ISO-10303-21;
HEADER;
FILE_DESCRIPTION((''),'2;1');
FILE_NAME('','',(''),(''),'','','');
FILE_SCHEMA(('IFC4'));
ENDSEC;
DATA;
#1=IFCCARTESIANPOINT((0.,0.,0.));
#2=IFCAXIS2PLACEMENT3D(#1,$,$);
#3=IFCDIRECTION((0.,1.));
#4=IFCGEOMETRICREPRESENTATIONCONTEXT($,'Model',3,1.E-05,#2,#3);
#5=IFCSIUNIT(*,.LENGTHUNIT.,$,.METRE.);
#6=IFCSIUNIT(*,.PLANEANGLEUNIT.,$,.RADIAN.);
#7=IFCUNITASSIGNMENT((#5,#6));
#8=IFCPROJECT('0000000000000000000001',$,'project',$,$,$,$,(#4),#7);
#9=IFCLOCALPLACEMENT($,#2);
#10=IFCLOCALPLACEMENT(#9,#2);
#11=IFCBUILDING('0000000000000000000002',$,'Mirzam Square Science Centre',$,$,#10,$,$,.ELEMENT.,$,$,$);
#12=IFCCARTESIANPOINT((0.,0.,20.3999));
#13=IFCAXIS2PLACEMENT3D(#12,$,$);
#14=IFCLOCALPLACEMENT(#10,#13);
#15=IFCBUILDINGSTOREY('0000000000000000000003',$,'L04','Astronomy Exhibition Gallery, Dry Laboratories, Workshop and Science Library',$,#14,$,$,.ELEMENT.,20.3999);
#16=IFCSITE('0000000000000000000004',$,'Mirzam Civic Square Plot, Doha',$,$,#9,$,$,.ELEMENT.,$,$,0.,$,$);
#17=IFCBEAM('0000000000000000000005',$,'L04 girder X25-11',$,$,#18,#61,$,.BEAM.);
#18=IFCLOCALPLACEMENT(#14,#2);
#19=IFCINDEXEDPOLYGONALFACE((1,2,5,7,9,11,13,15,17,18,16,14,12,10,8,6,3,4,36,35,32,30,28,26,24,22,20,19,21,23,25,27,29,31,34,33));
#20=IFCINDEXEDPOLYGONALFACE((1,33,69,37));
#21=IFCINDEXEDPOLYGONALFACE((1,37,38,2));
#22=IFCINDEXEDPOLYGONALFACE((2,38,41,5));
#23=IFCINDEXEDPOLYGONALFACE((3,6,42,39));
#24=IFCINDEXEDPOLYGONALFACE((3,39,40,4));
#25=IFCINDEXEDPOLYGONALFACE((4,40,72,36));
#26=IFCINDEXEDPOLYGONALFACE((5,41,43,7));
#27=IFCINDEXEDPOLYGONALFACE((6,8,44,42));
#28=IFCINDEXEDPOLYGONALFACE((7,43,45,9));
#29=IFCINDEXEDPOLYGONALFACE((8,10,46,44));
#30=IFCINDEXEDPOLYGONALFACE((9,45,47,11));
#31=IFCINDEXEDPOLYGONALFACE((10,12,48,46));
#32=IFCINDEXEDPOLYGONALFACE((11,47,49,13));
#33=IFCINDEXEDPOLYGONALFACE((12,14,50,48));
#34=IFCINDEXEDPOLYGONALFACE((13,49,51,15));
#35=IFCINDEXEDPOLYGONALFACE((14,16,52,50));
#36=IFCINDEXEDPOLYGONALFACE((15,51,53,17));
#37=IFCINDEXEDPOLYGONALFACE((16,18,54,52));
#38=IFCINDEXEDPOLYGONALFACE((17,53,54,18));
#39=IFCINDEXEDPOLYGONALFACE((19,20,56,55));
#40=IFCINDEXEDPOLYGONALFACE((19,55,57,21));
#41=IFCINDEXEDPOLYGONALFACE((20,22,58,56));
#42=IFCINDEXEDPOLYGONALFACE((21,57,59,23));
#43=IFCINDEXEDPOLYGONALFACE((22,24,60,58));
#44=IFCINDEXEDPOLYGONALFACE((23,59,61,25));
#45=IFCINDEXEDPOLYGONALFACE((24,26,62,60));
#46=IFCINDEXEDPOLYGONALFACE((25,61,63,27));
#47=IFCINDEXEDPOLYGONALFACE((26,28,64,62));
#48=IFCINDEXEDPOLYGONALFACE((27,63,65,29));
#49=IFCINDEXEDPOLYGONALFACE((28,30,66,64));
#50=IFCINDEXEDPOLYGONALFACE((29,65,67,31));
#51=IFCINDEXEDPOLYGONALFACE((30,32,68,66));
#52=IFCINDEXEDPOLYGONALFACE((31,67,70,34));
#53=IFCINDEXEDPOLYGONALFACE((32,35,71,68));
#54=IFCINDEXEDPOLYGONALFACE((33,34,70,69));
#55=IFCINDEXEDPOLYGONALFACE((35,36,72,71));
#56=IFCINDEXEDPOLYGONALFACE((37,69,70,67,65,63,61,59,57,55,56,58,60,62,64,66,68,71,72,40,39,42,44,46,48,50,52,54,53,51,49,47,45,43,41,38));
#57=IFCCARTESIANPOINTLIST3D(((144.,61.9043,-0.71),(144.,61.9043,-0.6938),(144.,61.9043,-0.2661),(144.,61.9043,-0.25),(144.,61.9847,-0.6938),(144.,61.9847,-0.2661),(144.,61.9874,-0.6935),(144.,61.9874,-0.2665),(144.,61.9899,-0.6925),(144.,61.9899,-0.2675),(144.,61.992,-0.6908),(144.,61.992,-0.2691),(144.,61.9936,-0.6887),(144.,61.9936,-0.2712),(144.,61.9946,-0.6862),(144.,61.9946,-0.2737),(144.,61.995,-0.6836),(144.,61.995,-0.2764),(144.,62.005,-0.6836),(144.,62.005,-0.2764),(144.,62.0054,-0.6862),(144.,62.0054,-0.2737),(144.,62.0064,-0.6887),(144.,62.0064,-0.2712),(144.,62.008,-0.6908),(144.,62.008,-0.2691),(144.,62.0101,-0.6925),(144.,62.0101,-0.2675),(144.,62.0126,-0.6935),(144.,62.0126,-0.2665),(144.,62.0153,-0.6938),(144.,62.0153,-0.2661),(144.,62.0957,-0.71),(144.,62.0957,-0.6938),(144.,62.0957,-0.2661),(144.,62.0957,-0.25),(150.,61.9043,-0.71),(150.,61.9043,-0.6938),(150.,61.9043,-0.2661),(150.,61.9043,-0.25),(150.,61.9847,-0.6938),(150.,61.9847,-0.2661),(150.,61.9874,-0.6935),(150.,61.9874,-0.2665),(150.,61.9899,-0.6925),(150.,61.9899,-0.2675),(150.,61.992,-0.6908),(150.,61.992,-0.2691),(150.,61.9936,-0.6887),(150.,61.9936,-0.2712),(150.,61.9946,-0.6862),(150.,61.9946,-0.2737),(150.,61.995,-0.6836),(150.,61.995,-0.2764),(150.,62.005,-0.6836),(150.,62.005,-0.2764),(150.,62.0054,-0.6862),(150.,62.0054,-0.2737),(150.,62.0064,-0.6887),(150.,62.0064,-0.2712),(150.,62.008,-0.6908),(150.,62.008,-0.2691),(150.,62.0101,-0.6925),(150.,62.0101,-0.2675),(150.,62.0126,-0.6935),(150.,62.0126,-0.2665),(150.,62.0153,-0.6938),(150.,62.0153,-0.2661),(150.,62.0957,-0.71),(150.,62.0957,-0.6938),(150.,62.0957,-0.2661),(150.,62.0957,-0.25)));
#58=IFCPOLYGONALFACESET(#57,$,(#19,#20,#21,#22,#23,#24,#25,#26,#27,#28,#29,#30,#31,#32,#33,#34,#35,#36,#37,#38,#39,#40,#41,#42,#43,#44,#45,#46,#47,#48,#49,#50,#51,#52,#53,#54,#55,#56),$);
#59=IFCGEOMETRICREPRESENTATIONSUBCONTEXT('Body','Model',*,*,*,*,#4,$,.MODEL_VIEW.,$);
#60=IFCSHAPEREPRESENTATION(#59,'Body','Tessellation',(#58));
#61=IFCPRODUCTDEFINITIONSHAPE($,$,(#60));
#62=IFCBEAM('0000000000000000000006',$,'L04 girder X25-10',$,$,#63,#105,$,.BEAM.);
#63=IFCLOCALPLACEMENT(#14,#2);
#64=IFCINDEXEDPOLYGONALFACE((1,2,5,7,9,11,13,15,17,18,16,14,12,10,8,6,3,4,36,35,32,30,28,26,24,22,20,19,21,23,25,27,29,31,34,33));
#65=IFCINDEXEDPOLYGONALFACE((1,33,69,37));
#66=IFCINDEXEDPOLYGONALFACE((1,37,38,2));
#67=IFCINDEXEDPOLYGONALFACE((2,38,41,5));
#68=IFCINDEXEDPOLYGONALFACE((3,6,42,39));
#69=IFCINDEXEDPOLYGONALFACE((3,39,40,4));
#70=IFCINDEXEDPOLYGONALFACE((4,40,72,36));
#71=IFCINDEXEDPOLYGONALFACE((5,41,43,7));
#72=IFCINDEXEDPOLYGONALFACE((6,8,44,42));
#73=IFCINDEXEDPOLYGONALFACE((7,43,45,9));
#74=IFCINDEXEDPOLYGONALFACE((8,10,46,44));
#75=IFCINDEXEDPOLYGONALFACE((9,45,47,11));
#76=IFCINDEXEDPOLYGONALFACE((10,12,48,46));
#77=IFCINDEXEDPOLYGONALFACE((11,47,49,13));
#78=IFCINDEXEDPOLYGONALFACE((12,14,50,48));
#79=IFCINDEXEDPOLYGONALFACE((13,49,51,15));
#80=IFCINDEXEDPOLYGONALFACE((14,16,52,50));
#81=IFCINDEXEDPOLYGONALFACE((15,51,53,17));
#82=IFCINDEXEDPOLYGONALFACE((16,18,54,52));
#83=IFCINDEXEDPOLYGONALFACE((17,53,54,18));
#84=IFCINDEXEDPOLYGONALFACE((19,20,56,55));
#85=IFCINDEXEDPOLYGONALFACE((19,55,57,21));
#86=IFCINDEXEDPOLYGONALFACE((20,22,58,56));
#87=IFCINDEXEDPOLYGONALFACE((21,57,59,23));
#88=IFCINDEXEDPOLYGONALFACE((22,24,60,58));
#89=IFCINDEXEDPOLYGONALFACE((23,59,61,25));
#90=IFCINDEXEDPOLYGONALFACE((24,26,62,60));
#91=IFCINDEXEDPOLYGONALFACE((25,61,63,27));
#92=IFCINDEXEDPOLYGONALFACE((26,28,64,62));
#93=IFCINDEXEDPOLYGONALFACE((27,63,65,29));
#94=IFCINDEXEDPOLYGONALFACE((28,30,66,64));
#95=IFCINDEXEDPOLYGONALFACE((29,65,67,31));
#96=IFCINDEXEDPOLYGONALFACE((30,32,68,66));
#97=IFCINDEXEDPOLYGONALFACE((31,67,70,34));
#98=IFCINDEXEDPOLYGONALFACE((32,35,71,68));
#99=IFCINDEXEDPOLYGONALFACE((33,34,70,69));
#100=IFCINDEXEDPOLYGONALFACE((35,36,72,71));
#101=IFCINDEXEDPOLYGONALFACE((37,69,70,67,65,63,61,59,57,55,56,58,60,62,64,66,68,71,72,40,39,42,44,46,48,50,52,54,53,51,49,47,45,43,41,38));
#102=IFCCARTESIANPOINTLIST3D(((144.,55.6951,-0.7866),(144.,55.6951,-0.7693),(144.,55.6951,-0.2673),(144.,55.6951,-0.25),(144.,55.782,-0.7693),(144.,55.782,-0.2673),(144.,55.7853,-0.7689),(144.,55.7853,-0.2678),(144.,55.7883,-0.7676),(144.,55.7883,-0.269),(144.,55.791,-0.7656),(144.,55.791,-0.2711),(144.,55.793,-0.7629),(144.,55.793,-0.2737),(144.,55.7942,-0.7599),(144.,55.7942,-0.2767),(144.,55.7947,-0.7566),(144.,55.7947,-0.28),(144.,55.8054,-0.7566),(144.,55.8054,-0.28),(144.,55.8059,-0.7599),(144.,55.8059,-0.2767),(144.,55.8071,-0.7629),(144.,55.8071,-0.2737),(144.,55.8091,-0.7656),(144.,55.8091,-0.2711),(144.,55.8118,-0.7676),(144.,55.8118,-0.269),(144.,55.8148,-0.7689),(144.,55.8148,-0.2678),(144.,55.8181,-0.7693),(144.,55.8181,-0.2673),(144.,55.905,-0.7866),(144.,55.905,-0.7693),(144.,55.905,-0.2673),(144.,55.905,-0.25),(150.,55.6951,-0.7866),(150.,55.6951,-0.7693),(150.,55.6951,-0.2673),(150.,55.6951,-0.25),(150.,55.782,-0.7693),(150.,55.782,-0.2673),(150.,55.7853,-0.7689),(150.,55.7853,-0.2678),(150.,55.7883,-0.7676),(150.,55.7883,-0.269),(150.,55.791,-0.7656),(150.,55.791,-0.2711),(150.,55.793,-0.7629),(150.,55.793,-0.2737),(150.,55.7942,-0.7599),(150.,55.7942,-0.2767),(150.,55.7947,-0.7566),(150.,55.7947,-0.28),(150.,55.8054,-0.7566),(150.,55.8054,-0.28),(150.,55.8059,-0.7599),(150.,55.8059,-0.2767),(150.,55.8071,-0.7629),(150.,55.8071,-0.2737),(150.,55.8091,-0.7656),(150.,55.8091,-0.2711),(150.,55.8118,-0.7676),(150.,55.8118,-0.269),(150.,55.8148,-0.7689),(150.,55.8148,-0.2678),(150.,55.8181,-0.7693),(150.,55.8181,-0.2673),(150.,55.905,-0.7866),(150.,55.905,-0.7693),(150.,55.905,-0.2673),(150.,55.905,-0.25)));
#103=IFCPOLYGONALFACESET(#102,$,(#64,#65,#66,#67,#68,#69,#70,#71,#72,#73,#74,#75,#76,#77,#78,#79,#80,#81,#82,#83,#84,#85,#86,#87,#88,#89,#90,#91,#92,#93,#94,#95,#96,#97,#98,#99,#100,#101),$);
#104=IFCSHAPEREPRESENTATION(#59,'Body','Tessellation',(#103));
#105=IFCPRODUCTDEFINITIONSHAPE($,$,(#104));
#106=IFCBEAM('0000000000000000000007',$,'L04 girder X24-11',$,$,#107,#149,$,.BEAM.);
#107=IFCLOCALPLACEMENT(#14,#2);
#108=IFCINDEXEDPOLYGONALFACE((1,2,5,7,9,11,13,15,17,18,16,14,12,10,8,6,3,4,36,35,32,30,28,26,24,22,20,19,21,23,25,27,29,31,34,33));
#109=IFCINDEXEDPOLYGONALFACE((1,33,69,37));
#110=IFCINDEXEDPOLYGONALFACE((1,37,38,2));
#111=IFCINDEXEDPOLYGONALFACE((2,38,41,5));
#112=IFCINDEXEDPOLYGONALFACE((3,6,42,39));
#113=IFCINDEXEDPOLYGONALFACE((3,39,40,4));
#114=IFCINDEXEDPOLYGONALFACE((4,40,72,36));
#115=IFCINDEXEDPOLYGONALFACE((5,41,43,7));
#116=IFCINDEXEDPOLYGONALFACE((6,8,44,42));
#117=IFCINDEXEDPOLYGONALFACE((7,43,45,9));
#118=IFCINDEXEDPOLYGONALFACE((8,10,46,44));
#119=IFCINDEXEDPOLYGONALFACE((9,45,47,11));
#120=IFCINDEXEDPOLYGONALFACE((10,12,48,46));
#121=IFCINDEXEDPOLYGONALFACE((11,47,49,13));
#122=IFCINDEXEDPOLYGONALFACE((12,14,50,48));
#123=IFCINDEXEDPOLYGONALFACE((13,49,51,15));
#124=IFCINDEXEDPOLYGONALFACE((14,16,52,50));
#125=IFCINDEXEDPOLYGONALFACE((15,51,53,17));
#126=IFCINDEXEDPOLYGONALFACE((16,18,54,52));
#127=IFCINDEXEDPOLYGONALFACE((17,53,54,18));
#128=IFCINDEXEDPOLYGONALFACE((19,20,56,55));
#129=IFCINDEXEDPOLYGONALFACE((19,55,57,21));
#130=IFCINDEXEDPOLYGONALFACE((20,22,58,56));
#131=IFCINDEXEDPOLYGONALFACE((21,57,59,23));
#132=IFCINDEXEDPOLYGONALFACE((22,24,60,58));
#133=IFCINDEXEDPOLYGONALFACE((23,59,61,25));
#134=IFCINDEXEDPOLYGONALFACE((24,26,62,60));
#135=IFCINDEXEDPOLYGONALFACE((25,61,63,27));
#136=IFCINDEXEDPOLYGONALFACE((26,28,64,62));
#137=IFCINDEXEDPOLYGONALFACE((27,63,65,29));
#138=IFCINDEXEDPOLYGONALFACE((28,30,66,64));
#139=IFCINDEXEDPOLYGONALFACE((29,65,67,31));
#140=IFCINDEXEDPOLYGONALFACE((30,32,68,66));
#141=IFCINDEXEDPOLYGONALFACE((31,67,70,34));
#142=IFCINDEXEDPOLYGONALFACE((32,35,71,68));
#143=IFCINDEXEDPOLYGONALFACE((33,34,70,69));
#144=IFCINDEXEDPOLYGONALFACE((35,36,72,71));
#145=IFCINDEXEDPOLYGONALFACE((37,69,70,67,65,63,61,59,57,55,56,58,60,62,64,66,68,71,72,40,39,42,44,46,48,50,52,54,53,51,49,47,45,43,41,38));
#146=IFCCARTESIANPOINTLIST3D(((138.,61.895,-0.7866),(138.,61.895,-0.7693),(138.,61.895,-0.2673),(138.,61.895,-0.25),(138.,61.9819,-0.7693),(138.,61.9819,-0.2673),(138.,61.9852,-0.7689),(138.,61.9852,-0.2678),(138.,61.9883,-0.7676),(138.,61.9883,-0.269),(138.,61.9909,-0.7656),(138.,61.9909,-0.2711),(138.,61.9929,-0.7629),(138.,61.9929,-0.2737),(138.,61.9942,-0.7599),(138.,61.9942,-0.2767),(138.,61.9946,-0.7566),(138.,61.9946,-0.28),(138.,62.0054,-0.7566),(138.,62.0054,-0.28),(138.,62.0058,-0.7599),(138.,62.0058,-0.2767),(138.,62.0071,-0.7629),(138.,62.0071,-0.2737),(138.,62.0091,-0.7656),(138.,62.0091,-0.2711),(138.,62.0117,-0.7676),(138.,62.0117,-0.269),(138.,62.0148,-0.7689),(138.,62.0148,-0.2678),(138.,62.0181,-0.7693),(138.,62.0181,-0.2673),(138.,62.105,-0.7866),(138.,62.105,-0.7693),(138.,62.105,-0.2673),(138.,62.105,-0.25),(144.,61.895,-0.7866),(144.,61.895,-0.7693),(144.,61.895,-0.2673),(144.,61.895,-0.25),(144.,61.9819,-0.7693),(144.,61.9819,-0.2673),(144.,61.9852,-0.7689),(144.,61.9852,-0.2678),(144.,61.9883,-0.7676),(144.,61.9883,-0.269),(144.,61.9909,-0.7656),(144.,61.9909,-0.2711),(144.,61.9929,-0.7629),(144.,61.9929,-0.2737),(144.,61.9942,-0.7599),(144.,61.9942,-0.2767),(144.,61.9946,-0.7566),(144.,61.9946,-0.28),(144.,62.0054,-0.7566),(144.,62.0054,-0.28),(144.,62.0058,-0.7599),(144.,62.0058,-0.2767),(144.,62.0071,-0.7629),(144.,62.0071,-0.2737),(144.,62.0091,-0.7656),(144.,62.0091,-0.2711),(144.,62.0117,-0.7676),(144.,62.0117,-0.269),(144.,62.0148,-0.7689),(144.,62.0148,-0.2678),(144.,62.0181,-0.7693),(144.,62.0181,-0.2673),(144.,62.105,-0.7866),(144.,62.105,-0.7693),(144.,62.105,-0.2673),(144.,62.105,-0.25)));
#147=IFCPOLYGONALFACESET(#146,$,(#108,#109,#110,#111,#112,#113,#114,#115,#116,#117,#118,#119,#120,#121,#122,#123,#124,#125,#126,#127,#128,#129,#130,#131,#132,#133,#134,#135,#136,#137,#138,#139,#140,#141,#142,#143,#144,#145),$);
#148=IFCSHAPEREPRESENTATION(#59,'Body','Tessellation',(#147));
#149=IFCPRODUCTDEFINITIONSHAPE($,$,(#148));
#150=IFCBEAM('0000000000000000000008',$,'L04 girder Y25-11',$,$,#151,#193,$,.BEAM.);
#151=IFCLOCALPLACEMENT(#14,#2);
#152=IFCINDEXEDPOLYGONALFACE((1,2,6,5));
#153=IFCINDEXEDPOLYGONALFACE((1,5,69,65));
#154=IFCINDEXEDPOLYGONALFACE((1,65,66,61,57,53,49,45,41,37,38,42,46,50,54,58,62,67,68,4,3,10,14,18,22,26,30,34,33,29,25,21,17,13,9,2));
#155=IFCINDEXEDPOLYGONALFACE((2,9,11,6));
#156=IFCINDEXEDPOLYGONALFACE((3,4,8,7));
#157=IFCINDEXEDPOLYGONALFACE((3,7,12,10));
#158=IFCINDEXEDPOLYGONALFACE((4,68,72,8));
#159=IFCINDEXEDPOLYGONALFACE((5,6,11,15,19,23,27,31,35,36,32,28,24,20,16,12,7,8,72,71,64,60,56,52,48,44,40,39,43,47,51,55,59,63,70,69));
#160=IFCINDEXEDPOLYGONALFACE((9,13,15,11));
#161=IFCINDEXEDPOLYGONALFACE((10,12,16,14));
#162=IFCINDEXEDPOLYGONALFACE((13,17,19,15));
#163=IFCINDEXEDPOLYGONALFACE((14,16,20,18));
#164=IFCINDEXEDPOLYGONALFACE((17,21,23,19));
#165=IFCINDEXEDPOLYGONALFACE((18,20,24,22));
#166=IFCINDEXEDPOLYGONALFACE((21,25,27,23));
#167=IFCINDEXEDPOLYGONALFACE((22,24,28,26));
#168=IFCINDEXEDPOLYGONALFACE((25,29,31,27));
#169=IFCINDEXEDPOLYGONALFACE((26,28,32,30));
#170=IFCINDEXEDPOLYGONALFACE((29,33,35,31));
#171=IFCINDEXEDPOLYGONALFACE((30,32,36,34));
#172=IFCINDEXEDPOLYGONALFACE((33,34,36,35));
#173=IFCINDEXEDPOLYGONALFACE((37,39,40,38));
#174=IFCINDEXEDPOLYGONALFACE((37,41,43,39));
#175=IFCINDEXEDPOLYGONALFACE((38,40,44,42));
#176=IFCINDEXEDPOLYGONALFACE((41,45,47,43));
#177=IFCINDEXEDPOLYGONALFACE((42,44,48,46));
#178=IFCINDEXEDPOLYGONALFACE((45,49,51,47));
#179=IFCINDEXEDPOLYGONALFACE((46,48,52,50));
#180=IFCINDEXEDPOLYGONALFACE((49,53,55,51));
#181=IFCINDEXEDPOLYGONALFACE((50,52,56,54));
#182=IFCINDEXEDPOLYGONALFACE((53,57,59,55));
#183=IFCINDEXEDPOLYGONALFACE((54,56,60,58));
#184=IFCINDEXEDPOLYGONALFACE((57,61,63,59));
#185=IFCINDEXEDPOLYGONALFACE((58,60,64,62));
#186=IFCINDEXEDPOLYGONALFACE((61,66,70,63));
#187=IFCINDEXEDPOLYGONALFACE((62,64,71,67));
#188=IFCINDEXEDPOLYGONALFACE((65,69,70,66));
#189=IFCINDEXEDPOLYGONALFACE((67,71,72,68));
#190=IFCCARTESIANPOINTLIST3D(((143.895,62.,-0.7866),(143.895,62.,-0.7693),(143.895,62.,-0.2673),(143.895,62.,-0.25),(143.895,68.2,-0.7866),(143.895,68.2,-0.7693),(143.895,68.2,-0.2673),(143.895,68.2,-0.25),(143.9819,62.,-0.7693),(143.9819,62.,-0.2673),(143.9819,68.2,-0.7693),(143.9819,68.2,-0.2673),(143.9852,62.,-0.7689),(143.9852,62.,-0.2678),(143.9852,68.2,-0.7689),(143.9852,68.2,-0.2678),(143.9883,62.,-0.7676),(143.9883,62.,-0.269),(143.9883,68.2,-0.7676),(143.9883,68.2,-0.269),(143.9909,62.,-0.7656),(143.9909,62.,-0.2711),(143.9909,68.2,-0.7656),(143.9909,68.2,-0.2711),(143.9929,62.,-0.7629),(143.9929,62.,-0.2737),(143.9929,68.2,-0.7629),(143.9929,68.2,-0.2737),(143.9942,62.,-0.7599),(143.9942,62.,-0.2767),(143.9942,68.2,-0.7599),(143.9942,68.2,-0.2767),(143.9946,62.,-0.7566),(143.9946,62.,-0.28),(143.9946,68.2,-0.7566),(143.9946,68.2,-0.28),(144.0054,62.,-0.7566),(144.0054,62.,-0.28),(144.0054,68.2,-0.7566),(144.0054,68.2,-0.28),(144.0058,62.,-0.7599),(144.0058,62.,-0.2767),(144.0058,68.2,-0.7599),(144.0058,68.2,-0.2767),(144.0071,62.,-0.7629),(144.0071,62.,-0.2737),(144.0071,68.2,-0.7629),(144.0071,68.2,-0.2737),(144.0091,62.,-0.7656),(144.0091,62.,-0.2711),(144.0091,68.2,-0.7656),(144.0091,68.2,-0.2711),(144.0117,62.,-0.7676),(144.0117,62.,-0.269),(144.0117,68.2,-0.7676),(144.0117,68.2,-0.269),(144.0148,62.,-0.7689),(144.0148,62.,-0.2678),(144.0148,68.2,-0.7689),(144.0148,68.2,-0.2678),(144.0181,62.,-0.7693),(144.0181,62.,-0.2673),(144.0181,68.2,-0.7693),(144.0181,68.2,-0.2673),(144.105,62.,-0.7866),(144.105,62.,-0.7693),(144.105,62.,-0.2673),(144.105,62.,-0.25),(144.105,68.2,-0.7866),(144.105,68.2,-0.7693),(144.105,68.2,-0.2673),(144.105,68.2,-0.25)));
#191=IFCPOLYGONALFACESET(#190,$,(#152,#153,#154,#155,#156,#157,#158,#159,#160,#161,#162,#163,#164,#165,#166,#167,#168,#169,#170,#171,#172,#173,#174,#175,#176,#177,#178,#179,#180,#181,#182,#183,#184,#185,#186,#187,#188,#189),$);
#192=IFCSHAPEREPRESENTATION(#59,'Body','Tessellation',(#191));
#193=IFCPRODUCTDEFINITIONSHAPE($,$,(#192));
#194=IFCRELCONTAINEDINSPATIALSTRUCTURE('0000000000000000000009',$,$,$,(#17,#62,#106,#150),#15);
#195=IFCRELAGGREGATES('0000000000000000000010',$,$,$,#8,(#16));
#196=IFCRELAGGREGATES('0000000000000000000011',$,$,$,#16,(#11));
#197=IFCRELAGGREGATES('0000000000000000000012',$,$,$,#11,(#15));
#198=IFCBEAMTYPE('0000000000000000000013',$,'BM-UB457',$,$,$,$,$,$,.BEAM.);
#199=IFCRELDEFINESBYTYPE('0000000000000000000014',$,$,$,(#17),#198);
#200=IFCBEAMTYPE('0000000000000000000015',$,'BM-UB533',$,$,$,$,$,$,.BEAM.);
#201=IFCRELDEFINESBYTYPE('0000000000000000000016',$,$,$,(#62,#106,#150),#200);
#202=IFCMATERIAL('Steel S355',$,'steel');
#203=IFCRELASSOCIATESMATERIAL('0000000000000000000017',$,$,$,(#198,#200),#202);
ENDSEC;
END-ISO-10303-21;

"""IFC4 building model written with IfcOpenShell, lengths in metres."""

from ifc_helpers import new_model, si_unit, direction, frame, origin, origin_2d, place, context, subcontext, project, spatial, i_section, extrude, material, material_profile, profile_set, type_object, element, save


model = new_model("IFC4")

# Units and contexts
model_context = context("Model", 3, precision=1e-05, world=origin(), true_north=direction((0.0, 1.0)))
body_context = subcontext(model_context, "Body", "Model", "MODEL_VIEW")
ifc_project = project(units=[si_unit("LENGTHUNIT", "METRE"), si_unit("PLANEANGLEUNIT", "RADIAN")], contexts=[model_context])

# Site, building, storey
site_placement = place(None, origin())
site = spatial("IfcSite", under=ifc_project, at=site_placement, Name="Mirzam Civic Square Plot, Doha", CompositionType="ELEMENT", RefElevation=0.0)
building_placement = place(site_placement, origin())
building = spatial("IfcBuilding", under=site, at=building_placement, Name="Mirzam Square Science Centre", CompositionType="ELEMENT")
storey_placement = place(building_placement, frame((0.0, 0.0, 20.3999)))
storey = spatial("IfcBuildingStorey", under=building, at=storey_placement, Name="L04", Description="Astronomy Exhibition Gallery, Dry Laboratories, Workshop and Science Library", CompositionType="ELEMENT", Elevation=20.3999)

# Shared definitions
ifc_material_1 = material(Name="Steel S355", Category="steel")

# Beams
ifc_material_profile_1 = material_profile(ifc_material_1, i_section(OverallWidth=0.1914, OverallDepth=0.46, WebThickness=0.01, FlangeThickness=0.0161, FilletRadius=0.0103, at=origin_2d()), Name="457x191x82UB")
ifc_profile_set_1 = profile_set([ifc_material_profile_1], Name="Steel S355")
beam_type_1 = type_object("IfcBeamType", Name="BM-UB457", PredefinedType="BEAM", material=ifc_profile_set_1)
beam_1_placement = place(storey_placement, frame((144.0, 62.0, -0.48), z_axis=(1.0, 0.0, 0.0), x_axis=(0.0, 1.0, 0.0)))
element("IfcBeam", 1, at=beam_1_placement, inside=storey, type_object=beam_type_1, Name="L04 girder X25-11", PredefinedType="BEAM", context=body_context, shape_type="SweptSolid", body=[
    extrude(i_section(OverallWidth=0.1914, OverallDepth=0.46, WebThickness=0.01, FlangeThickness=0.0161, FilletRadius=0.0103, at=origin_2d()), origin(), (0.0, 0.0, 1.0), 6.0),
])
ifc_material_profile_2 = material_profile(ifc_material_1, i_section(OverallWidth=0.21, OverallDepth=0.5366, WebThickness=0.0107, FlangeThickness=0.0173, FilletRadius=0.0127, at=origin_2d()), Name="533x210x101UB")
ifc_profile_set_2 = profile_set([ifc_material_profile_2], Name="Steel S355")
beam_type_2 = type_object("IfcBeamType", Name="BM-UB533", PredefinedType="BEAM", material=ifc_profile_set_2)
for number, where, z_axis, x_axis, name in (
    (2, (144.0, 55.8, -0.5183), (1.0, 0.0, 0.0), (0.0, 1.0, 0.0), "L04 girder X25-10"),
    (3, (138.0, 62.0, -0.5183), (1.0, 0.0, 0.0), (0.0, 1.0, 0.0), "L04 girder X24-11"),
):
    element("IfcBeam", number, at=place(storey_placement, frame(where, z_axis=z_axis, x_axis=x_axis)), inside=storey, type_object=beam_type_2, Name=name, PredefinedType="BEAM", context=body_context, shape_type="SweptSolid", body=[
        extrude(i_section(OverallWidth=0.21, OverallDepth=0.5366, WebThickness=0.0107, FlangeThickness=0.0173, FilletRadius=0.0127, at=origin_2d()), origin(), (0.0, 0.0, 1.0), 6.0),
    ])
beam_2_placement = place(storey_placement, frame((144.0, 62.0, -0.5183), z_axis=(0.0, 1.0, 0.0), x_axis=(-1.0, 0.0, 0.0)))
element("IfcBeam", 4, at=beam_2_placement, inside=storey, type_object=beam_type_2, Name="L04 girder Y25-11", PredefinedType="BEAM", context=body_context, shape_type="SweptSolid", body=[
    extrude(i_section(OverallWidth=0.21, OverallDepth=0.5366, WebThickness=0.0107, FlangeThickness=0.0173, FilletRadius=0.0127, at=origin_2d()), origin(), (0.0, 0.0, 1.0), 6.2),
])

save(model, "model.ifc")
